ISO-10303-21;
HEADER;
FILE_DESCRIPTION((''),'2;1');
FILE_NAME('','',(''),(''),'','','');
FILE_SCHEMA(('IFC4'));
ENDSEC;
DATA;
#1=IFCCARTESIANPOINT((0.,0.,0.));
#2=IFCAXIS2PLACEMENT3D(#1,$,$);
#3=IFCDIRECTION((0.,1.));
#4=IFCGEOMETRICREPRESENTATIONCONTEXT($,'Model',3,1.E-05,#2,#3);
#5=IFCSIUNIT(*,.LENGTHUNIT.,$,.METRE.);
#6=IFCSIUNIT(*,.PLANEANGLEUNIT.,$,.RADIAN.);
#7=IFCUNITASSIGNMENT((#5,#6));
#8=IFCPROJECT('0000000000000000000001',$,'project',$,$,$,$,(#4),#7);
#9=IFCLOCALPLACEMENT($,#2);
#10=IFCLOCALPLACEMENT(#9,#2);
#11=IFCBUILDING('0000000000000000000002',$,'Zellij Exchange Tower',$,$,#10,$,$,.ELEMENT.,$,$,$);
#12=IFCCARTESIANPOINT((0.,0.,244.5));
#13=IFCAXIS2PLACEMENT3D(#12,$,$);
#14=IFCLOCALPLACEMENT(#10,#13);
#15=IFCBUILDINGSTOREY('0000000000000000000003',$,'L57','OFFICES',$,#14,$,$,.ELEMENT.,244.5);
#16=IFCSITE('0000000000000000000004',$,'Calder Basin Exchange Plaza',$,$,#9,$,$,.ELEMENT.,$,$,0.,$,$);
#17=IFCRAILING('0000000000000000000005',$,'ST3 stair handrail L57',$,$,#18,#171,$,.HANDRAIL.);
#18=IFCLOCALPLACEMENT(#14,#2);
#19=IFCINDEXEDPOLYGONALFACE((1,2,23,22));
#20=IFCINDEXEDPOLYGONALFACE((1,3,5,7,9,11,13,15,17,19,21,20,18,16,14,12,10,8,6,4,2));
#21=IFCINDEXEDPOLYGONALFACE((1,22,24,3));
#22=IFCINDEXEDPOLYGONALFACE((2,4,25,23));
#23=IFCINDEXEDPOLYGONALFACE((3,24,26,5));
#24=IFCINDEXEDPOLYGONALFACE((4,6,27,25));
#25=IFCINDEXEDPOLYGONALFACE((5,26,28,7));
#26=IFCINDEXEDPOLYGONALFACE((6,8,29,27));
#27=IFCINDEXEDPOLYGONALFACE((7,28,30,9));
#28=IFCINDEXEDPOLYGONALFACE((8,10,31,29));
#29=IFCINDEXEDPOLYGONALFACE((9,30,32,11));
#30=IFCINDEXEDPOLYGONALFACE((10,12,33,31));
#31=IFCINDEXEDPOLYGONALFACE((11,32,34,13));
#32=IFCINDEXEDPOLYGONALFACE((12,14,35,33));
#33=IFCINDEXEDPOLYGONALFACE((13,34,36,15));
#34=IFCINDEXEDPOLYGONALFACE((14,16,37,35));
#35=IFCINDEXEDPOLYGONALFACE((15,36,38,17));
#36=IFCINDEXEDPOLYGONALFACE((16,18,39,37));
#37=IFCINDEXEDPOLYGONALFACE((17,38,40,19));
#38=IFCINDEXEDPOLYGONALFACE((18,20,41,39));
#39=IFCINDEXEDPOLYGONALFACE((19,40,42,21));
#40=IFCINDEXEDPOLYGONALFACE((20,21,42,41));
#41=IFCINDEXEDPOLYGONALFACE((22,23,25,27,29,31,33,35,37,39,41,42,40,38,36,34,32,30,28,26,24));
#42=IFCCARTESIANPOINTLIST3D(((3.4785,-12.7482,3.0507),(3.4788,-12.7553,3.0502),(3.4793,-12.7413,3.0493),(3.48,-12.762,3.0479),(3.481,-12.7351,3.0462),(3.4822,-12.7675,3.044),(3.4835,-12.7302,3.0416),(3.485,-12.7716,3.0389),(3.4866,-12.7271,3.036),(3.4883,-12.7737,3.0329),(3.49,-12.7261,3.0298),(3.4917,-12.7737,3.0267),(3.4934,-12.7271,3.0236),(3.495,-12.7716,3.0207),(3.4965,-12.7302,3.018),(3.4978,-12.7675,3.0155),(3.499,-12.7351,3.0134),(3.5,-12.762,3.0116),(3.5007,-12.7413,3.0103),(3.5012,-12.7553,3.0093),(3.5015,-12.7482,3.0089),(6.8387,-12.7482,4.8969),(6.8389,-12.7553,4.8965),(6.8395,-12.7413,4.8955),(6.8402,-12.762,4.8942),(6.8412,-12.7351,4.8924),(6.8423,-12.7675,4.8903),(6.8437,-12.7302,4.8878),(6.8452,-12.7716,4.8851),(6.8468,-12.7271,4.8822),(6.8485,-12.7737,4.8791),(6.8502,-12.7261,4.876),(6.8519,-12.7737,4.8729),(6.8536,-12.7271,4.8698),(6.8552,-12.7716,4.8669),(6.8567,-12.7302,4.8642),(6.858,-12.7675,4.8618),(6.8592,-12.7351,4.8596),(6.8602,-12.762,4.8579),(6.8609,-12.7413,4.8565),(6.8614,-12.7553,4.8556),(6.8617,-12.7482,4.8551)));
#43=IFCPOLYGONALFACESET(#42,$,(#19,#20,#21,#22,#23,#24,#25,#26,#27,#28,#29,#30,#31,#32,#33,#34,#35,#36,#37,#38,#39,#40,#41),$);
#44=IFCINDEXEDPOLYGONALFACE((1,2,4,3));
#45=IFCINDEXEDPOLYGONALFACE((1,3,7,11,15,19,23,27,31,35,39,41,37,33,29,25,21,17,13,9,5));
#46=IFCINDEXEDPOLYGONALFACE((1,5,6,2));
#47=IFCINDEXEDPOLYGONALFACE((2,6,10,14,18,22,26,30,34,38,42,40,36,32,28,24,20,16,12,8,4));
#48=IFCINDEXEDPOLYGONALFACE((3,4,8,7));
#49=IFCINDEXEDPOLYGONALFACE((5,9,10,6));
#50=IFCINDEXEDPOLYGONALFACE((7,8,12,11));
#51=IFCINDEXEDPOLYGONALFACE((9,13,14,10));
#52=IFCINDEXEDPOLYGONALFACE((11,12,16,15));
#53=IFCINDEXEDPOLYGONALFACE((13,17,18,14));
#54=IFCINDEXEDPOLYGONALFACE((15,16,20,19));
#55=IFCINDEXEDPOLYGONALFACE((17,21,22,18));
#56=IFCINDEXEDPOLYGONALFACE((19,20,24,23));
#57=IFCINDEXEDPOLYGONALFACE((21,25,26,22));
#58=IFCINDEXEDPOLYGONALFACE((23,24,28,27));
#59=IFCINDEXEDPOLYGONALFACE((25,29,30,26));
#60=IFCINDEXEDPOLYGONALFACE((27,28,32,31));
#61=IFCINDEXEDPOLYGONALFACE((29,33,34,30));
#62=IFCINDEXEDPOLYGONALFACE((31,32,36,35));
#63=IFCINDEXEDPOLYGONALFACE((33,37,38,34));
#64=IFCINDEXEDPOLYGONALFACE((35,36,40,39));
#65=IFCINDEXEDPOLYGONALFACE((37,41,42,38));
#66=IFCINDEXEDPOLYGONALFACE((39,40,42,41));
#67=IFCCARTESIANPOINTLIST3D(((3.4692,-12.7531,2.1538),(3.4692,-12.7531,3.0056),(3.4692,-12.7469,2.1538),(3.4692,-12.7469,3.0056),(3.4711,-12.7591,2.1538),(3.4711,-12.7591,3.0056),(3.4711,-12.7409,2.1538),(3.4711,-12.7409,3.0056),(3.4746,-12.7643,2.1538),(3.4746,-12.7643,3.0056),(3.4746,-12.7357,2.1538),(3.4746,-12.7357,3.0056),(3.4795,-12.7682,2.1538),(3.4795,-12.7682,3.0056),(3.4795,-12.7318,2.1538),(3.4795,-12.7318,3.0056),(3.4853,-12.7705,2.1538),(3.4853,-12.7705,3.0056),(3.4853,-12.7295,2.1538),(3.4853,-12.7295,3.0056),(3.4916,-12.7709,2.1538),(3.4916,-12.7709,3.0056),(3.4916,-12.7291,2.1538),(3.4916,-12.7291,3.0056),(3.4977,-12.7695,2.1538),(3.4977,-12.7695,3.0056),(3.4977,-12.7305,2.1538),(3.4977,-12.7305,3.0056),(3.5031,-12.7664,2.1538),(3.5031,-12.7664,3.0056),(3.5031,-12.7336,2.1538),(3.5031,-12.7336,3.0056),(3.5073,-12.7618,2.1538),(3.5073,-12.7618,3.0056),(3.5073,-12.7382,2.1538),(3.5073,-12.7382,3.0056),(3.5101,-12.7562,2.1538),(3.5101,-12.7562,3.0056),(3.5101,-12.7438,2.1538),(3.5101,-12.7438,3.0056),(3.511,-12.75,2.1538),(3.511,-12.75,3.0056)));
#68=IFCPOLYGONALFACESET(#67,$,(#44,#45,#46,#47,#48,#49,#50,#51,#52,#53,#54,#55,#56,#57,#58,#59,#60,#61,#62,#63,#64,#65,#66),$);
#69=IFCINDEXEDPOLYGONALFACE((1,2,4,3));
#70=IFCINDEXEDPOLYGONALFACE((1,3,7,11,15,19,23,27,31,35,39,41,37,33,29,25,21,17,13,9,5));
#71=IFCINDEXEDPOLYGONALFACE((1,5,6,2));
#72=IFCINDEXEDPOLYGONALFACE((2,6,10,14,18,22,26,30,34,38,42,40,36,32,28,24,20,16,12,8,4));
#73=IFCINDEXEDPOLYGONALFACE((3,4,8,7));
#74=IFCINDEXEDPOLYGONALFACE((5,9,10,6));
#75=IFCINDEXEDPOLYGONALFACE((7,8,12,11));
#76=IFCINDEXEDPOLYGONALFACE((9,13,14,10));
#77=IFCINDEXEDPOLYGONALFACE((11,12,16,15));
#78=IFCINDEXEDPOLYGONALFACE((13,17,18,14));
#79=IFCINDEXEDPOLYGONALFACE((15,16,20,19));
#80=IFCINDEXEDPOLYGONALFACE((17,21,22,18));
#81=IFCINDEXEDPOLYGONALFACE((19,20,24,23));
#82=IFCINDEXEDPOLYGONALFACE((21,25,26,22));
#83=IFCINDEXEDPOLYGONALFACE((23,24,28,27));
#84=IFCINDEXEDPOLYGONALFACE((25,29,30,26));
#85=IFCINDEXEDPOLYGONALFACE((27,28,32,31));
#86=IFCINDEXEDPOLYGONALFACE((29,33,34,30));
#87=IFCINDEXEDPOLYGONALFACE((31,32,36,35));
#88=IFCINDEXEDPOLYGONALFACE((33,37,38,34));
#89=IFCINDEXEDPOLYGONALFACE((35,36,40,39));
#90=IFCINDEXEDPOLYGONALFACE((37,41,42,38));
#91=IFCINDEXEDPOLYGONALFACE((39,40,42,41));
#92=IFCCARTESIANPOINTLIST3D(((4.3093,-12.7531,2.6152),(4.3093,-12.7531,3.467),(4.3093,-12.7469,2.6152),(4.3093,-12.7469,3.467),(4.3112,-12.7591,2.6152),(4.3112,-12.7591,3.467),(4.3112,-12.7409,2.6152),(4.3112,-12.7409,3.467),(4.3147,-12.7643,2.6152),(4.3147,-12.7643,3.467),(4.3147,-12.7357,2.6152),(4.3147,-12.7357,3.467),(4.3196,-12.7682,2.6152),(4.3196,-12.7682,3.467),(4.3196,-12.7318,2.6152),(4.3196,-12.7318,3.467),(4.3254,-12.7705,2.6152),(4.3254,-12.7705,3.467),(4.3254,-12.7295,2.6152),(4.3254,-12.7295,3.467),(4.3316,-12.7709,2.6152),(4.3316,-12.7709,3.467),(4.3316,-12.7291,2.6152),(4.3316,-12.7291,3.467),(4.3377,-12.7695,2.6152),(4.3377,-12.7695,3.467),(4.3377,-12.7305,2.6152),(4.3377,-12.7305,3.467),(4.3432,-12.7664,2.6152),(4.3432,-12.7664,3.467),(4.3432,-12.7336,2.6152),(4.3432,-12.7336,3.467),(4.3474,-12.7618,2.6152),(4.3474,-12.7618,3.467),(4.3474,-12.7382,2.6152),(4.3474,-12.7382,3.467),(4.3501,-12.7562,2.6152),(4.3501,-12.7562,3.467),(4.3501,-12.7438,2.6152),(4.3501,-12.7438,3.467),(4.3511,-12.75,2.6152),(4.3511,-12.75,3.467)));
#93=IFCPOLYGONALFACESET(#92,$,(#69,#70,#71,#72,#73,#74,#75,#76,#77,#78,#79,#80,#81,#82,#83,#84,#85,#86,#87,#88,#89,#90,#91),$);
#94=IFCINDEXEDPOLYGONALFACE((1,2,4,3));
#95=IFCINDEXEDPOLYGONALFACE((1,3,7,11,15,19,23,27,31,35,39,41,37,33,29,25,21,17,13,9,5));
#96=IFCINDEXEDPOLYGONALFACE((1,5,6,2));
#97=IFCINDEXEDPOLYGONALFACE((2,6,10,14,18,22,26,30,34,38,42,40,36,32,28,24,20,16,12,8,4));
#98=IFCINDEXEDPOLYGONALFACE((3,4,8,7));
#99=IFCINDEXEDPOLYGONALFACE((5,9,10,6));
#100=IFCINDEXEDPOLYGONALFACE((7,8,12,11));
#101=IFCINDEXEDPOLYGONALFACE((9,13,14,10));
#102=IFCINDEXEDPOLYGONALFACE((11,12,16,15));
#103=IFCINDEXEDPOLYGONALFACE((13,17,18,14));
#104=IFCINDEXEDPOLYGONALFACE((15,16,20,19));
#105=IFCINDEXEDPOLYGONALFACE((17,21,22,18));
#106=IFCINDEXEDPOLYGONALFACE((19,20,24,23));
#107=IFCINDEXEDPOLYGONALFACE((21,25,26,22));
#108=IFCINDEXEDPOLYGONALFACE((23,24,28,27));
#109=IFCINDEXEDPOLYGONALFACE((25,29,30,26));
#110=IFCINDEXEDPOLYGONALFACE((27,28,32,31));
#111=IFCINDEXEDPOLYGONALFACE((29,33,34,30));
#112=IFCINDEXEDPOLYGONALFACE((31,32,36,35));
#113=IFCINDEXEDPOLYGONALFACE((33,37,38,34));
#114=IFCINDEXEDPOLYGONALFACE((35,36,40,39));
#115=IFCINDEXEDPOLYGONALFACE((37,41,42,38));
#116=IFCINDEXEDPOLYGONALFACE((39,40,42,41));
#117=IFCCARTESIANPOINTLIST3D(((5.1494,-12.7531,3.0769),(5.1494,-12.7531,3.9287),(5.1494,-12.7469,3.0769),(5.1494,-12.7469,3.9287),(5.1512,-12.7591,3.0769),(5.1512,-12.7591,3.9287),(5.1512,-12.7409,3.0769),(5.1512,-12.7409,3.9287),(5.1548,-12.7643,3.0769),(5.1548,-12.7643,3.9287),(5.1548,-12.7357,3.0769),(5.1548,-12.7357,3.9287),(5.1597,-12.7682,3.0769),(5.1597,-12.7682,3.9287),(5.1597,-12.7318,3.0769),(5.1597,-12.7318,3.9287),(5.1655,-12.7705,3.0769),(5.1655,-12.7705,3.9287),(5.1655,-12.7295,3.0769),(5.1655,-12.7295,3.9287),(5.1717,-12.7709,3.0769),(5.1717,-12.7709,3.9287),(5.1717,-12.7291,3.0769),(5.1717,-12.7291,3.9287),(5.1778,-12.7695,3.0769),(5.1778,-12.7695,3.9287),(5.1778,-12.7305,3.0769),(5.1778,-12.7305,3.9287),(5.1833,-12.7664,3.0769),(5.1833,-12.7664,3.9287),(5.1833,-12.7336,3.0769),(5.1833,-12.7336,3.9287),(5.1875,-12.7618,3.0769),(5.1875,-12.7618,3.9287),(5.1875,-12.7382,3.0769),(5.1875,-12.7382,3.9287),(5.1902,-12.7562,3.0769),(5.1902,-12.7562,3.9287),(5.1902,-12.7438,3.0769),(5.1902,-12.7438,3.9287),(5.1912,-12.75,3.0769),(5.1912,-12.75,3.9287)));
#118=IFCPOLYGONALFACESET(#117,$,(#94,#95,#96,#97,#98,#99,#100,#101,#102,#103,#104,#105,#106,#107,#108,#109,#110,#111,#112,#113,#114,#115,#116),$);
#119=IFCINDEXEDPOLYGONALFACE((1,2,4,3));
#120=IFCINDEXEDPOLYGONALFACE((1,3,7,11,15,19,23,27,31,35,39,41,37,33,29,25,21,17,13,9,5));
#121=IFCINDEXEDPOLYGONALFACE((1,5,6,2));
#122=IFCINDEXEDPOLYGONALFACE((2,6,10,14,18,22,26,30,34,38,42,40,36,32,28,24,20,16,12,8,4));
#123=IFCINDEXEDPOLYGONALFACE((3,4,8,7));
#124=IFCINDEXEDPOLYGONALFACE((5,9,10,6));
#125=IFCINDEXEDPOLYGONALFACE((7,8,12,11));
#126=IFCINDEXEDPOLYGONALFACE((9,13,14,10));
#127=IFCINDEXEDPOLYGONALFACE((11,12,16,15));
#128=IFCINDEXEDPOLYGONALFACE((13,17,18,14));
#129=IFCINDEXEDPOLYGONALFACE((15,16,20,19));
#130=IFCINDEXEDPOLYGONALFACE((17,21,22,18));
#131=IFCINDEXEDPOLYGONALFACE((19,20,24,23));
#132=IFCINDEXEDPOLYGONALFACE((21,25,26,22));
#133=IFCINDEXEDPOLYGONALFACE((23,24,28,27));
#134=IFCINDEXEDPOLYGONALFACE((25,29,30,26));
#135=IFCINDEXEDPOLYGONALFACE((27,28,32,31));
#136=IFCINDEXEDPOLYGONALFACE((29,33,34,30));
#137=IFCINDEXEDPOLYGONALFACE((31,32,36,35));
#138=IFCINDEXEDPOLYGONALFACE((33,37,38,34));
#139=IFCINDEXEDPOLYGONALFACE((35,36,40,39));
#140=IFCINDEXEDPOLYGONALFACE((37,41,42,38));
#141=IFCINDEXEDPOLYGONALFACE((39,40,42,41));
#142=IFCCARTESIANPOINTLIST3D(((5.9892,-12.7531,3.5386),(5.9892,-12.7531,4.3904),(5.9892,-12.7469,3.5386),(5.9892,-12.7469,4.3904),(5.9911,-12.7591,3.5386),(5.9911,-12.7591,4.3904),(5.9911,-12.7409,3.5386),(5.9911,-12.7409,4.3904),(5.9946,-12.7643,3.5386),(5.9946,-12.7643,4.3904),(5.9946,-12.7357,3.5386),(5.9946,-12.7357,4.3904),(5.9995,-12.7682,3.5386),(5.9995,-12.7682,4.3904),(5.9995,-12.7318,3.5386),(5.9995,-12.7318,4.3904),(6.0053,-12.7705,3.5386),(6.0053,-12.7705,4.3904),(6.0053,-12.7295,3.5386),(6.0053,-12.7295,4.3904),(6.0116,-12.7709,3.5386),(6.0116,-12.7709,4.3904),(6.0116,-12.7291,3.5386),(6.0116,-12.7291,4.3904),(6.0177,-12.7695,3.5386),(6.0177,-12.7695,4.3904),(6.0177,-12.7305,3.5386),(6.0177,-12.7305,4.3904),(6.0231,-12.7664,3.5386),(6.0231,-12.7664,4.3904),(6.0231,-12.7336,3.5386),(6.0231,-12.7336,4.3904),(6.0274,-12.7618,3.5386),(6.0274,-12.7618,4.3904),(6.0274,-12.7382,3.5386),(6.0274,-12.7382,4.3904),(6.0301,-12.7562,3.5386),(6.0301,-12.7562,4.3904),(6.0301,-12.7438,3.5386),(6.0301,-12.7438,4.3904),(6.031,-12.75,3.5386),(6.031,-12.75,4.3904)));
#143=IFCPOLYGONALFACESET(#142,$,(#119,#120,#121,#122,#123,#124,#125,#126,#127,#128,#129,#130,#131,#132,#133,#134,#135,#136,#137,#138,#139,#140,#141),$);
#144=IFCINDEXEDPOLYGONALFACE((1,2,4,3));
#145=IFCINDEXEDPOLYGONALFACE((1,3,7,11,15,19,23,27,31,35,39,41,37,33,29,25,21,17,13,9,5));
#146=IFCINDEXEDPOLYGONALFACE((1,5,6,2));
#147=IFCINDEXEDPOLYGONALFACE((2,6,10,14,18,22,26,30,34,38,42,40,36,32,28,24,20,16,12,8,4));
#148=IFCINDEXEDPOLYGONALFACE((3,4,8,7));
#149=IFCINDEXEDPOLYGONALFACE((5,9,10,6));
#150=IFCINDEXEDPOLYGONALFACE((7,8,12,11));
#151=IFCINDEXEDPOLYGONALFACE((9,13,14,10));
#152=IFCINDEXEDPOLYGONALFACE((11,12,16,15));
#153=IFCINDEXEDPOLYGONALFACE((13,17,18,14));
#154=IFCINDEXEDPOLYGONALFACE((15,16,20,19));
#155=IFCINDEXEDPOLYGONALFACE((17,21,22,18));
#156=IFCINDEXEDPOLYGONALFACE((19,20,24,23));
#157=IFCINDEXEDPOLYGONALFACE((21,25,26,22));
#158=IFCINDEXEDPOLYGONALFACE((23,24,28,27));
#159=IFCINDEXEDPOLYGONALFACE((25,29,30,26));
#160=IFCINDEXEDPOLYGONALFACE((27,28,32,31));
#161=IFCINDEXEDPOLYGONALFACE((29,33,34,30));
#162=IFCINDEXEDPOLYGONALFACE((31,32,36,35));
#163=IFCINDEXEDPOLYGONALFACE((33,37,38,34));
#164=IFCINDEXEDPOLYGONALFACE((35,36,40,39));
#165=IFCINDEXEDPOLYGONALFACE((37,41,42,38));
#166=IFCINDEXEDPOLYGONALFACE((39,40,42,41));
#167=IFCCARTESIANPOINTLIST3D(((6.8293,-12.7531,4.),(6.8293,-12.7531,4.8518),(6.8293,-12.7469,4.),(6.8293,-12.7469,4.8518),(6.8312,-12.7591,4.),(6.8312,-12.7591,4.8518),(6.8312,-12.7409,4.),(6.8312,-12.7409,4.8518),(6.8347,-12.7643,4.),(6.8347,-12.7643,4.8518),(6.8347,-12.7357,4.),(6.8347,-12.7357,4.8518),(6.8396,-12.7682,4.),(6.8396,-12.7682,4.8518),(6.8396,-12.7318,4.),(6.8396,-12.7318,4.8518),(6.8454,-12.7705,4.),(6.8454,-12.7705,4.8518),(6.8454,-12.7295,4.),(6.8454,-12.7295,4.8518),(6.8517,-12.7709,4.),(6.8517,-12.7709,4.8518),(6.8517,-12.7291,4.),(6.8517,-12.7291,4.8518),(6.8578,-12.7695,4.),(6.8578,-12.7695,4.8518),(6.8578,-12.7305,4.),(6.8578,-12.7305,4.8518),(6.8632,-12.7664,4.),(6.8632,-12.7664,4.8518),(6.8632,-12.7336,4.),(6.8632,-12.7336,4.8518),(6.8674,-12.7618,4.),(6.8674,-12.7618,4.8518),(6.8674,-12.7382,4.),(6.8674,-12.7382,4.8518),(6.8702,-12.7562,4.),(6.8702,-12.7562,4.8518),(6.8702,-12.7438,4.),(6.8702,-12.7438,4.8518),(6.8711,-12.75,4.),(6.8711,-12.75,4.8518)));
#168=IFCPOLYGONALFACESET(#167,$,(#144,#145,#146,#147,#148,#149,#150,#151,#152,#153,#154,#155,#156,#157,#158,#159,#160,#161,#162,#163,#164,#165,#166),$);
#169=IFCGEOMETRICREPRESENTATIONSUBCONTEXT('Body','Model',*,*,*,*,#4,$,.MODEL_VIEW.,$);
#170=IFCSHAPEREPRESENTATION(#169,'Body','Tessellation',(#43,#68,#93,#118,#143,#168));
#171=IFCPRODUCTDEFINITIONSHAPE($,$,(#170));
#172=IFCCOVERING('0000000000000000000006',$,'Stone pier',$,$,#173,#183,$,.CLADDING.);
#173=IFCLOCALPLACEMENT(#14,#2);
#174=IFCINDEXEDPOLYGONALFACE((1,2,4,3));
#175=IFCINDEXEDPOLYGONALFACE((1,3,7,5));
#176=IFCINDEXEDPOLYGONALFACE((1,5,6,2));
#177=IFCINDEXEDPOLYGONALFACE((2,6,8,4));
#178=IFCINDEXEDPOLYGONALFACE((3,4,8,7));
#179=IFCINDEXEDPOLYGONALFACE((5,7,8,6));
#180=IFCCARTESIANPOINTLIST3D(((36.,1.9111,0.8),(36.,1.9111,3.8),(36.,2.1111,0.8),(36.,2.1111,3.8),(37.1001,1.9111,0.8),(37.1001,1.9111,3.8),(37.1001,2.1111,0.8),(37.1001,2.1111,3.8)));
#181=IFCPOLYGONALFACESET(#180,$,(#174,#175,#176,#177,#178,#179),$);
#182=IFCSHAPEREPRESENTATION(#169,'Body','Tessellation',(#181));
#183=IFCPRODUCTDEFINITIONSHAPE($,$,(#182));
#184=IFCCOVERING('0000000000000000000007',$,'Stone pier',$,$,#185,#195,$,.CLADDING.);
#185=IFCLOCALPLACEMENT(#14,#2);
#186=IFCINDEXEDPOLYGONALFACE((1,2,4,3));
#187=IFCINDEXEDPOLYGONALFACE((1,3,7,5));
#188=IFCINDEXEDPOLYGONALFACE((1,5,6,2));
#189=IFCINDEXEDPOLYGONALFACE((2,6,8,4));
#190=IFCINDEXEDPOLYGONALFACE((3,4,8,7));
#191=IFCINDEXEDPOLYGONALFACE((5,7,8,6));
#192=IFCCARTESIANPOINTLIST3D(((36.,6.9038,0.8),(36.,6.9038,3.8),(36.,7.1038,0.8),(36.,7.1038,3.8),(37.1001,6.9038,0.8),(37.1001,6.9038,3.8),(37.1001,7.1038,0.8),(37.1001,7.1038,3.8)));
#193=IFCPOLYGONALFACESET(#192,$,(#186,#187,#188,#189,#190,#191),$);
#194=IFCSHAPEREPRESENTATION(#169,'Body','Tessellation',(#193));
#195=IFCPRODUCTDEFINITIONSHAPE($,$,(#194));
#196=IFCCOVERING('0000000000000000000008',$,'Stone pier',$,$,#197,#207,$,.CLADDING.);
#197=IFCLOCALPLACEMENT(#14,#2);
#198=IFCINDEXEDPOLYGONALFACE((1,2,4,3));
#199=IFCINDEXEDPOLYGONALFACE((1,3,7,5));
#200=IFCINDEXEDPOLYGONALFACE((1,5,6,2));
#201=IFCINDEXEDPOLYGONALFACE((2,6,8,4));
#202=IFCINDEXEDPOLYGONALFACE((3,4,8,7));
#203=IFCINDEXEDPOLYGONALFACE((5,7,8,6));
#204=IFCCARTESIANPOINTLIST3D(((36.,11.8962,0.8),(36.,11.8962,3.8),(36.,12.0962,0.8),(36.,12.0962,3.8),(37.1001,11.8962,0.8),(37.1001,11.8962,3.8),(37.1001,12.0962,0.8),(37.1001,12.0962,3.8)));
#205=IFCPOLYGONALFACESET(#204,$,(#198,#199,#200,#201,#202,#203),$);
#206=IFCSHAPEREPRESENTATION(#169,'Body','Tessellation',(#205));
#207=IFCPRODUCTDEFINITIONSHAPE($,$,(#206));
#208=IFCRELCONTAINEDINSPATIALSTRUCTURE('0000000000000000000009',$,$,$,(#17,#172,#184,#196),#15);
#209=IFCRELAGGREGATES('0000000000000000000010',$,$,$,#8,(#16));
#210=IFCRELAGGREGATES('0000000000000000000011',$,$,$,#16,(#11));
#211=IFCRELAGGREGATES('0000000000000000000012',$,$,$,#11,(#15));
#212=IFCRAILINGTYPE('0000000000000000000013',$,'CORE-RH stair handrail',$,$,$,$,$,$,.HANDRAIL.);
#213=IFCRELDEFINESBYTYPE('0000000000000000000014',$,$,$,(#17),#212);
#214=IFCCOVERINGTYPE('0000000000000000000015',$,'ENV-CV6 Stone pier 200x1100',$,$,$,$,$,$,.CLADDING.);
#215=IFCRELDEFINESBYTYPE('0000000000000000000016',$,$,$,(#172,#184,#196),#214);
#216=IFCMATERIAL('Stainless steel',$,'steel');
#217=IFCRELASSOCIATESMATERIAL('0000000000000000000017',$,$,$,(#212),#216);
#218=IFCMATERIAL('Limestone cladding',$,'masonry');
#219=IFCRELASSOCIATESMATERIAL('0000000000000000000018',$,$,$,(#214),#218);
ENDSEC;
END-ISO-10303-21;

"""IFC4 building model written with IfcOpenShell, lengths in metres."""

from ifc_helpers import new_model, si_unit, direction, frame, origin, origin_2d, place, context, subcontext, project, spatial, polyline, circle, outline, extrude, material, type_object, element, save


model = new_model("IFC4")

# Units and contexts
model_context = context("Model", 3, precision=1e-05, world=origin(), true_north=direction((0.0, 1.0)))
body_context = subcontext(model_context, "Body", "Model", "MODEL_VIEW")
ifc_project = project(units=[si_unit("LENGTHUNIT", "METRE"), si_unit("PLANEANGLEUNIT", "RADIAN")], contexts=[model_context])

# Site, building, storey
site_placement = place(None, origin())
site = spatial("IfcSite", under=ifc_project, at=site_placement, Name="Calder Basin Exchange Plaza", CompositionType="ELEMENT", RefElevation=0.0)
building_placement = place(site_placement, origin())
building = spatial("IfcBuilding", under=site, at=building_placement, Name="Zellij Exchange Tower", CompositionType="ELEMENT")
storey_placement = place(building_placement, frame((0.0, 0.0, 244.5)))
storey = spatial("IfcBuildingStorey", under=building, at=storey_placement, Name="L57", Description="OFFICES", CompositionType="ELEMENT", Elevation=244.5)

# Railing
ifc_material_1 = material(Name="Stainless steel", Category="steel")
railing_type_1 = type_object("IfcRailingType", Name="CORE-RH stair handrail", PredefinedType="HANDRAIL", material=ifc_material_1)
railing_1_placement = place(storey_placement, frame((3.49, -12.75, 2.1538)))
element("IfcRailing", 1, at=railing_1_placement, inside=storey, type_object=railing_type_1, Name="ST3 stair handrail L57", PredefinedType="HANDRAIL", context=body_context, shape_type="SweptSolid", body=[
    extrude(circle(Radius=0.0239, at=origin_2d()), frame((0.0, 0.0, 0.876), z_axis=(0.876422, 0.0, 0.481545), x_axis=(0.0, 1.0, 0.0)), (0.0, 0.0, 1.0), 3.834),
    extrude(circle(Radius=0.021, at=origin_2d()), origin(), (0.0, 0.0, 1.0), 0.8518),
    extrude(circle(Radius=0.021, at=origin_2d()), frame((0.8401, 0.0, 0.4614)), (0.0, 0.0, 1.0), 0.8518),
    extrude(circle(Radius=0.021, at=origin_2d()), frame((1.6802, 0.0, 0.9231)), (0.0, 0.0, 1.0), 0.8518),
    extrude(circle(Radius=0.021, at=origin_2d()), frame((2.52, 0.0, 1.3848)), (0.0, 0.0, 1.0), 0.8518),
    extrude(circle(Radius=0.021, at=origin_2d()), frame((3.3601, 0.0, 1.8462)), (0.0, 0.0, 1.0), 0.8518),
])

# Coverings
ifc_material_2 = material(Name="Limestone cladding", Category="masonry")
covering_type = type_object("IfcCoveringType", Name="ENV-CV6 Stone pier 200x1100", PredefinedType="CLADDING", material=ifc_material_2)
covering_1_placement = place(storey_placement, frame((0.0, 0.0, 0.8)))
element("IfcCovering", 2, at=covering_1_placement, inside=storey, type_object=covering_type, Name="Stone pier", PredefinedType="CLADDING", context=body_context, shape_type="SweptSolid", body=[
    extrude(outline(polyline([(36.0, 1.9111), (36.0, 2.1111), (37.1001, 2.1111), (37.1001, 1.9111), (36.0, 1.9111)])), origin(), (0.0, 0.0, 1.0), 3.0),
])
covering_2_placement = place(storey_placement, frame((0.0, 0.0, 0.8)))
element("IfcCovering", 3, at=covering_2_placement, inside=storey, type_object=covering_type, Name="Stone pier", PredefinedType="CLADDING", context=body_context, shape_type="SweptSolid", body=[
    extrude(outline(polyline([(36.0, 6.9038), (36.0, 7.1038), (37.1001, 7.1038), (37.1001, 6.9038), (36.0, 6.9038)])), origin(), (0.0, 0.0, 1.0), 3.0),
])
covering_3_placement = place(storey_placement, frame((0.0, 0.0, 0.8)))
element("IfcCovering", 4, at=covering_3_placement, inside=storey, type_object=covering_type, Name="Stone pier", PredefinedType="CLADDING", context=body_context, shape_type="SweptSolid", body=[
    extrude(outline(polyline([(36.0, 11.8962), (36.0, 12.0962), (37.1001, 12.0962), (37.1001, 11.8962), (36.0, 11.8962)])), origin(), (0.0, 0.0, 1.0), 3.0),
])

save(model, "model.ifc")
